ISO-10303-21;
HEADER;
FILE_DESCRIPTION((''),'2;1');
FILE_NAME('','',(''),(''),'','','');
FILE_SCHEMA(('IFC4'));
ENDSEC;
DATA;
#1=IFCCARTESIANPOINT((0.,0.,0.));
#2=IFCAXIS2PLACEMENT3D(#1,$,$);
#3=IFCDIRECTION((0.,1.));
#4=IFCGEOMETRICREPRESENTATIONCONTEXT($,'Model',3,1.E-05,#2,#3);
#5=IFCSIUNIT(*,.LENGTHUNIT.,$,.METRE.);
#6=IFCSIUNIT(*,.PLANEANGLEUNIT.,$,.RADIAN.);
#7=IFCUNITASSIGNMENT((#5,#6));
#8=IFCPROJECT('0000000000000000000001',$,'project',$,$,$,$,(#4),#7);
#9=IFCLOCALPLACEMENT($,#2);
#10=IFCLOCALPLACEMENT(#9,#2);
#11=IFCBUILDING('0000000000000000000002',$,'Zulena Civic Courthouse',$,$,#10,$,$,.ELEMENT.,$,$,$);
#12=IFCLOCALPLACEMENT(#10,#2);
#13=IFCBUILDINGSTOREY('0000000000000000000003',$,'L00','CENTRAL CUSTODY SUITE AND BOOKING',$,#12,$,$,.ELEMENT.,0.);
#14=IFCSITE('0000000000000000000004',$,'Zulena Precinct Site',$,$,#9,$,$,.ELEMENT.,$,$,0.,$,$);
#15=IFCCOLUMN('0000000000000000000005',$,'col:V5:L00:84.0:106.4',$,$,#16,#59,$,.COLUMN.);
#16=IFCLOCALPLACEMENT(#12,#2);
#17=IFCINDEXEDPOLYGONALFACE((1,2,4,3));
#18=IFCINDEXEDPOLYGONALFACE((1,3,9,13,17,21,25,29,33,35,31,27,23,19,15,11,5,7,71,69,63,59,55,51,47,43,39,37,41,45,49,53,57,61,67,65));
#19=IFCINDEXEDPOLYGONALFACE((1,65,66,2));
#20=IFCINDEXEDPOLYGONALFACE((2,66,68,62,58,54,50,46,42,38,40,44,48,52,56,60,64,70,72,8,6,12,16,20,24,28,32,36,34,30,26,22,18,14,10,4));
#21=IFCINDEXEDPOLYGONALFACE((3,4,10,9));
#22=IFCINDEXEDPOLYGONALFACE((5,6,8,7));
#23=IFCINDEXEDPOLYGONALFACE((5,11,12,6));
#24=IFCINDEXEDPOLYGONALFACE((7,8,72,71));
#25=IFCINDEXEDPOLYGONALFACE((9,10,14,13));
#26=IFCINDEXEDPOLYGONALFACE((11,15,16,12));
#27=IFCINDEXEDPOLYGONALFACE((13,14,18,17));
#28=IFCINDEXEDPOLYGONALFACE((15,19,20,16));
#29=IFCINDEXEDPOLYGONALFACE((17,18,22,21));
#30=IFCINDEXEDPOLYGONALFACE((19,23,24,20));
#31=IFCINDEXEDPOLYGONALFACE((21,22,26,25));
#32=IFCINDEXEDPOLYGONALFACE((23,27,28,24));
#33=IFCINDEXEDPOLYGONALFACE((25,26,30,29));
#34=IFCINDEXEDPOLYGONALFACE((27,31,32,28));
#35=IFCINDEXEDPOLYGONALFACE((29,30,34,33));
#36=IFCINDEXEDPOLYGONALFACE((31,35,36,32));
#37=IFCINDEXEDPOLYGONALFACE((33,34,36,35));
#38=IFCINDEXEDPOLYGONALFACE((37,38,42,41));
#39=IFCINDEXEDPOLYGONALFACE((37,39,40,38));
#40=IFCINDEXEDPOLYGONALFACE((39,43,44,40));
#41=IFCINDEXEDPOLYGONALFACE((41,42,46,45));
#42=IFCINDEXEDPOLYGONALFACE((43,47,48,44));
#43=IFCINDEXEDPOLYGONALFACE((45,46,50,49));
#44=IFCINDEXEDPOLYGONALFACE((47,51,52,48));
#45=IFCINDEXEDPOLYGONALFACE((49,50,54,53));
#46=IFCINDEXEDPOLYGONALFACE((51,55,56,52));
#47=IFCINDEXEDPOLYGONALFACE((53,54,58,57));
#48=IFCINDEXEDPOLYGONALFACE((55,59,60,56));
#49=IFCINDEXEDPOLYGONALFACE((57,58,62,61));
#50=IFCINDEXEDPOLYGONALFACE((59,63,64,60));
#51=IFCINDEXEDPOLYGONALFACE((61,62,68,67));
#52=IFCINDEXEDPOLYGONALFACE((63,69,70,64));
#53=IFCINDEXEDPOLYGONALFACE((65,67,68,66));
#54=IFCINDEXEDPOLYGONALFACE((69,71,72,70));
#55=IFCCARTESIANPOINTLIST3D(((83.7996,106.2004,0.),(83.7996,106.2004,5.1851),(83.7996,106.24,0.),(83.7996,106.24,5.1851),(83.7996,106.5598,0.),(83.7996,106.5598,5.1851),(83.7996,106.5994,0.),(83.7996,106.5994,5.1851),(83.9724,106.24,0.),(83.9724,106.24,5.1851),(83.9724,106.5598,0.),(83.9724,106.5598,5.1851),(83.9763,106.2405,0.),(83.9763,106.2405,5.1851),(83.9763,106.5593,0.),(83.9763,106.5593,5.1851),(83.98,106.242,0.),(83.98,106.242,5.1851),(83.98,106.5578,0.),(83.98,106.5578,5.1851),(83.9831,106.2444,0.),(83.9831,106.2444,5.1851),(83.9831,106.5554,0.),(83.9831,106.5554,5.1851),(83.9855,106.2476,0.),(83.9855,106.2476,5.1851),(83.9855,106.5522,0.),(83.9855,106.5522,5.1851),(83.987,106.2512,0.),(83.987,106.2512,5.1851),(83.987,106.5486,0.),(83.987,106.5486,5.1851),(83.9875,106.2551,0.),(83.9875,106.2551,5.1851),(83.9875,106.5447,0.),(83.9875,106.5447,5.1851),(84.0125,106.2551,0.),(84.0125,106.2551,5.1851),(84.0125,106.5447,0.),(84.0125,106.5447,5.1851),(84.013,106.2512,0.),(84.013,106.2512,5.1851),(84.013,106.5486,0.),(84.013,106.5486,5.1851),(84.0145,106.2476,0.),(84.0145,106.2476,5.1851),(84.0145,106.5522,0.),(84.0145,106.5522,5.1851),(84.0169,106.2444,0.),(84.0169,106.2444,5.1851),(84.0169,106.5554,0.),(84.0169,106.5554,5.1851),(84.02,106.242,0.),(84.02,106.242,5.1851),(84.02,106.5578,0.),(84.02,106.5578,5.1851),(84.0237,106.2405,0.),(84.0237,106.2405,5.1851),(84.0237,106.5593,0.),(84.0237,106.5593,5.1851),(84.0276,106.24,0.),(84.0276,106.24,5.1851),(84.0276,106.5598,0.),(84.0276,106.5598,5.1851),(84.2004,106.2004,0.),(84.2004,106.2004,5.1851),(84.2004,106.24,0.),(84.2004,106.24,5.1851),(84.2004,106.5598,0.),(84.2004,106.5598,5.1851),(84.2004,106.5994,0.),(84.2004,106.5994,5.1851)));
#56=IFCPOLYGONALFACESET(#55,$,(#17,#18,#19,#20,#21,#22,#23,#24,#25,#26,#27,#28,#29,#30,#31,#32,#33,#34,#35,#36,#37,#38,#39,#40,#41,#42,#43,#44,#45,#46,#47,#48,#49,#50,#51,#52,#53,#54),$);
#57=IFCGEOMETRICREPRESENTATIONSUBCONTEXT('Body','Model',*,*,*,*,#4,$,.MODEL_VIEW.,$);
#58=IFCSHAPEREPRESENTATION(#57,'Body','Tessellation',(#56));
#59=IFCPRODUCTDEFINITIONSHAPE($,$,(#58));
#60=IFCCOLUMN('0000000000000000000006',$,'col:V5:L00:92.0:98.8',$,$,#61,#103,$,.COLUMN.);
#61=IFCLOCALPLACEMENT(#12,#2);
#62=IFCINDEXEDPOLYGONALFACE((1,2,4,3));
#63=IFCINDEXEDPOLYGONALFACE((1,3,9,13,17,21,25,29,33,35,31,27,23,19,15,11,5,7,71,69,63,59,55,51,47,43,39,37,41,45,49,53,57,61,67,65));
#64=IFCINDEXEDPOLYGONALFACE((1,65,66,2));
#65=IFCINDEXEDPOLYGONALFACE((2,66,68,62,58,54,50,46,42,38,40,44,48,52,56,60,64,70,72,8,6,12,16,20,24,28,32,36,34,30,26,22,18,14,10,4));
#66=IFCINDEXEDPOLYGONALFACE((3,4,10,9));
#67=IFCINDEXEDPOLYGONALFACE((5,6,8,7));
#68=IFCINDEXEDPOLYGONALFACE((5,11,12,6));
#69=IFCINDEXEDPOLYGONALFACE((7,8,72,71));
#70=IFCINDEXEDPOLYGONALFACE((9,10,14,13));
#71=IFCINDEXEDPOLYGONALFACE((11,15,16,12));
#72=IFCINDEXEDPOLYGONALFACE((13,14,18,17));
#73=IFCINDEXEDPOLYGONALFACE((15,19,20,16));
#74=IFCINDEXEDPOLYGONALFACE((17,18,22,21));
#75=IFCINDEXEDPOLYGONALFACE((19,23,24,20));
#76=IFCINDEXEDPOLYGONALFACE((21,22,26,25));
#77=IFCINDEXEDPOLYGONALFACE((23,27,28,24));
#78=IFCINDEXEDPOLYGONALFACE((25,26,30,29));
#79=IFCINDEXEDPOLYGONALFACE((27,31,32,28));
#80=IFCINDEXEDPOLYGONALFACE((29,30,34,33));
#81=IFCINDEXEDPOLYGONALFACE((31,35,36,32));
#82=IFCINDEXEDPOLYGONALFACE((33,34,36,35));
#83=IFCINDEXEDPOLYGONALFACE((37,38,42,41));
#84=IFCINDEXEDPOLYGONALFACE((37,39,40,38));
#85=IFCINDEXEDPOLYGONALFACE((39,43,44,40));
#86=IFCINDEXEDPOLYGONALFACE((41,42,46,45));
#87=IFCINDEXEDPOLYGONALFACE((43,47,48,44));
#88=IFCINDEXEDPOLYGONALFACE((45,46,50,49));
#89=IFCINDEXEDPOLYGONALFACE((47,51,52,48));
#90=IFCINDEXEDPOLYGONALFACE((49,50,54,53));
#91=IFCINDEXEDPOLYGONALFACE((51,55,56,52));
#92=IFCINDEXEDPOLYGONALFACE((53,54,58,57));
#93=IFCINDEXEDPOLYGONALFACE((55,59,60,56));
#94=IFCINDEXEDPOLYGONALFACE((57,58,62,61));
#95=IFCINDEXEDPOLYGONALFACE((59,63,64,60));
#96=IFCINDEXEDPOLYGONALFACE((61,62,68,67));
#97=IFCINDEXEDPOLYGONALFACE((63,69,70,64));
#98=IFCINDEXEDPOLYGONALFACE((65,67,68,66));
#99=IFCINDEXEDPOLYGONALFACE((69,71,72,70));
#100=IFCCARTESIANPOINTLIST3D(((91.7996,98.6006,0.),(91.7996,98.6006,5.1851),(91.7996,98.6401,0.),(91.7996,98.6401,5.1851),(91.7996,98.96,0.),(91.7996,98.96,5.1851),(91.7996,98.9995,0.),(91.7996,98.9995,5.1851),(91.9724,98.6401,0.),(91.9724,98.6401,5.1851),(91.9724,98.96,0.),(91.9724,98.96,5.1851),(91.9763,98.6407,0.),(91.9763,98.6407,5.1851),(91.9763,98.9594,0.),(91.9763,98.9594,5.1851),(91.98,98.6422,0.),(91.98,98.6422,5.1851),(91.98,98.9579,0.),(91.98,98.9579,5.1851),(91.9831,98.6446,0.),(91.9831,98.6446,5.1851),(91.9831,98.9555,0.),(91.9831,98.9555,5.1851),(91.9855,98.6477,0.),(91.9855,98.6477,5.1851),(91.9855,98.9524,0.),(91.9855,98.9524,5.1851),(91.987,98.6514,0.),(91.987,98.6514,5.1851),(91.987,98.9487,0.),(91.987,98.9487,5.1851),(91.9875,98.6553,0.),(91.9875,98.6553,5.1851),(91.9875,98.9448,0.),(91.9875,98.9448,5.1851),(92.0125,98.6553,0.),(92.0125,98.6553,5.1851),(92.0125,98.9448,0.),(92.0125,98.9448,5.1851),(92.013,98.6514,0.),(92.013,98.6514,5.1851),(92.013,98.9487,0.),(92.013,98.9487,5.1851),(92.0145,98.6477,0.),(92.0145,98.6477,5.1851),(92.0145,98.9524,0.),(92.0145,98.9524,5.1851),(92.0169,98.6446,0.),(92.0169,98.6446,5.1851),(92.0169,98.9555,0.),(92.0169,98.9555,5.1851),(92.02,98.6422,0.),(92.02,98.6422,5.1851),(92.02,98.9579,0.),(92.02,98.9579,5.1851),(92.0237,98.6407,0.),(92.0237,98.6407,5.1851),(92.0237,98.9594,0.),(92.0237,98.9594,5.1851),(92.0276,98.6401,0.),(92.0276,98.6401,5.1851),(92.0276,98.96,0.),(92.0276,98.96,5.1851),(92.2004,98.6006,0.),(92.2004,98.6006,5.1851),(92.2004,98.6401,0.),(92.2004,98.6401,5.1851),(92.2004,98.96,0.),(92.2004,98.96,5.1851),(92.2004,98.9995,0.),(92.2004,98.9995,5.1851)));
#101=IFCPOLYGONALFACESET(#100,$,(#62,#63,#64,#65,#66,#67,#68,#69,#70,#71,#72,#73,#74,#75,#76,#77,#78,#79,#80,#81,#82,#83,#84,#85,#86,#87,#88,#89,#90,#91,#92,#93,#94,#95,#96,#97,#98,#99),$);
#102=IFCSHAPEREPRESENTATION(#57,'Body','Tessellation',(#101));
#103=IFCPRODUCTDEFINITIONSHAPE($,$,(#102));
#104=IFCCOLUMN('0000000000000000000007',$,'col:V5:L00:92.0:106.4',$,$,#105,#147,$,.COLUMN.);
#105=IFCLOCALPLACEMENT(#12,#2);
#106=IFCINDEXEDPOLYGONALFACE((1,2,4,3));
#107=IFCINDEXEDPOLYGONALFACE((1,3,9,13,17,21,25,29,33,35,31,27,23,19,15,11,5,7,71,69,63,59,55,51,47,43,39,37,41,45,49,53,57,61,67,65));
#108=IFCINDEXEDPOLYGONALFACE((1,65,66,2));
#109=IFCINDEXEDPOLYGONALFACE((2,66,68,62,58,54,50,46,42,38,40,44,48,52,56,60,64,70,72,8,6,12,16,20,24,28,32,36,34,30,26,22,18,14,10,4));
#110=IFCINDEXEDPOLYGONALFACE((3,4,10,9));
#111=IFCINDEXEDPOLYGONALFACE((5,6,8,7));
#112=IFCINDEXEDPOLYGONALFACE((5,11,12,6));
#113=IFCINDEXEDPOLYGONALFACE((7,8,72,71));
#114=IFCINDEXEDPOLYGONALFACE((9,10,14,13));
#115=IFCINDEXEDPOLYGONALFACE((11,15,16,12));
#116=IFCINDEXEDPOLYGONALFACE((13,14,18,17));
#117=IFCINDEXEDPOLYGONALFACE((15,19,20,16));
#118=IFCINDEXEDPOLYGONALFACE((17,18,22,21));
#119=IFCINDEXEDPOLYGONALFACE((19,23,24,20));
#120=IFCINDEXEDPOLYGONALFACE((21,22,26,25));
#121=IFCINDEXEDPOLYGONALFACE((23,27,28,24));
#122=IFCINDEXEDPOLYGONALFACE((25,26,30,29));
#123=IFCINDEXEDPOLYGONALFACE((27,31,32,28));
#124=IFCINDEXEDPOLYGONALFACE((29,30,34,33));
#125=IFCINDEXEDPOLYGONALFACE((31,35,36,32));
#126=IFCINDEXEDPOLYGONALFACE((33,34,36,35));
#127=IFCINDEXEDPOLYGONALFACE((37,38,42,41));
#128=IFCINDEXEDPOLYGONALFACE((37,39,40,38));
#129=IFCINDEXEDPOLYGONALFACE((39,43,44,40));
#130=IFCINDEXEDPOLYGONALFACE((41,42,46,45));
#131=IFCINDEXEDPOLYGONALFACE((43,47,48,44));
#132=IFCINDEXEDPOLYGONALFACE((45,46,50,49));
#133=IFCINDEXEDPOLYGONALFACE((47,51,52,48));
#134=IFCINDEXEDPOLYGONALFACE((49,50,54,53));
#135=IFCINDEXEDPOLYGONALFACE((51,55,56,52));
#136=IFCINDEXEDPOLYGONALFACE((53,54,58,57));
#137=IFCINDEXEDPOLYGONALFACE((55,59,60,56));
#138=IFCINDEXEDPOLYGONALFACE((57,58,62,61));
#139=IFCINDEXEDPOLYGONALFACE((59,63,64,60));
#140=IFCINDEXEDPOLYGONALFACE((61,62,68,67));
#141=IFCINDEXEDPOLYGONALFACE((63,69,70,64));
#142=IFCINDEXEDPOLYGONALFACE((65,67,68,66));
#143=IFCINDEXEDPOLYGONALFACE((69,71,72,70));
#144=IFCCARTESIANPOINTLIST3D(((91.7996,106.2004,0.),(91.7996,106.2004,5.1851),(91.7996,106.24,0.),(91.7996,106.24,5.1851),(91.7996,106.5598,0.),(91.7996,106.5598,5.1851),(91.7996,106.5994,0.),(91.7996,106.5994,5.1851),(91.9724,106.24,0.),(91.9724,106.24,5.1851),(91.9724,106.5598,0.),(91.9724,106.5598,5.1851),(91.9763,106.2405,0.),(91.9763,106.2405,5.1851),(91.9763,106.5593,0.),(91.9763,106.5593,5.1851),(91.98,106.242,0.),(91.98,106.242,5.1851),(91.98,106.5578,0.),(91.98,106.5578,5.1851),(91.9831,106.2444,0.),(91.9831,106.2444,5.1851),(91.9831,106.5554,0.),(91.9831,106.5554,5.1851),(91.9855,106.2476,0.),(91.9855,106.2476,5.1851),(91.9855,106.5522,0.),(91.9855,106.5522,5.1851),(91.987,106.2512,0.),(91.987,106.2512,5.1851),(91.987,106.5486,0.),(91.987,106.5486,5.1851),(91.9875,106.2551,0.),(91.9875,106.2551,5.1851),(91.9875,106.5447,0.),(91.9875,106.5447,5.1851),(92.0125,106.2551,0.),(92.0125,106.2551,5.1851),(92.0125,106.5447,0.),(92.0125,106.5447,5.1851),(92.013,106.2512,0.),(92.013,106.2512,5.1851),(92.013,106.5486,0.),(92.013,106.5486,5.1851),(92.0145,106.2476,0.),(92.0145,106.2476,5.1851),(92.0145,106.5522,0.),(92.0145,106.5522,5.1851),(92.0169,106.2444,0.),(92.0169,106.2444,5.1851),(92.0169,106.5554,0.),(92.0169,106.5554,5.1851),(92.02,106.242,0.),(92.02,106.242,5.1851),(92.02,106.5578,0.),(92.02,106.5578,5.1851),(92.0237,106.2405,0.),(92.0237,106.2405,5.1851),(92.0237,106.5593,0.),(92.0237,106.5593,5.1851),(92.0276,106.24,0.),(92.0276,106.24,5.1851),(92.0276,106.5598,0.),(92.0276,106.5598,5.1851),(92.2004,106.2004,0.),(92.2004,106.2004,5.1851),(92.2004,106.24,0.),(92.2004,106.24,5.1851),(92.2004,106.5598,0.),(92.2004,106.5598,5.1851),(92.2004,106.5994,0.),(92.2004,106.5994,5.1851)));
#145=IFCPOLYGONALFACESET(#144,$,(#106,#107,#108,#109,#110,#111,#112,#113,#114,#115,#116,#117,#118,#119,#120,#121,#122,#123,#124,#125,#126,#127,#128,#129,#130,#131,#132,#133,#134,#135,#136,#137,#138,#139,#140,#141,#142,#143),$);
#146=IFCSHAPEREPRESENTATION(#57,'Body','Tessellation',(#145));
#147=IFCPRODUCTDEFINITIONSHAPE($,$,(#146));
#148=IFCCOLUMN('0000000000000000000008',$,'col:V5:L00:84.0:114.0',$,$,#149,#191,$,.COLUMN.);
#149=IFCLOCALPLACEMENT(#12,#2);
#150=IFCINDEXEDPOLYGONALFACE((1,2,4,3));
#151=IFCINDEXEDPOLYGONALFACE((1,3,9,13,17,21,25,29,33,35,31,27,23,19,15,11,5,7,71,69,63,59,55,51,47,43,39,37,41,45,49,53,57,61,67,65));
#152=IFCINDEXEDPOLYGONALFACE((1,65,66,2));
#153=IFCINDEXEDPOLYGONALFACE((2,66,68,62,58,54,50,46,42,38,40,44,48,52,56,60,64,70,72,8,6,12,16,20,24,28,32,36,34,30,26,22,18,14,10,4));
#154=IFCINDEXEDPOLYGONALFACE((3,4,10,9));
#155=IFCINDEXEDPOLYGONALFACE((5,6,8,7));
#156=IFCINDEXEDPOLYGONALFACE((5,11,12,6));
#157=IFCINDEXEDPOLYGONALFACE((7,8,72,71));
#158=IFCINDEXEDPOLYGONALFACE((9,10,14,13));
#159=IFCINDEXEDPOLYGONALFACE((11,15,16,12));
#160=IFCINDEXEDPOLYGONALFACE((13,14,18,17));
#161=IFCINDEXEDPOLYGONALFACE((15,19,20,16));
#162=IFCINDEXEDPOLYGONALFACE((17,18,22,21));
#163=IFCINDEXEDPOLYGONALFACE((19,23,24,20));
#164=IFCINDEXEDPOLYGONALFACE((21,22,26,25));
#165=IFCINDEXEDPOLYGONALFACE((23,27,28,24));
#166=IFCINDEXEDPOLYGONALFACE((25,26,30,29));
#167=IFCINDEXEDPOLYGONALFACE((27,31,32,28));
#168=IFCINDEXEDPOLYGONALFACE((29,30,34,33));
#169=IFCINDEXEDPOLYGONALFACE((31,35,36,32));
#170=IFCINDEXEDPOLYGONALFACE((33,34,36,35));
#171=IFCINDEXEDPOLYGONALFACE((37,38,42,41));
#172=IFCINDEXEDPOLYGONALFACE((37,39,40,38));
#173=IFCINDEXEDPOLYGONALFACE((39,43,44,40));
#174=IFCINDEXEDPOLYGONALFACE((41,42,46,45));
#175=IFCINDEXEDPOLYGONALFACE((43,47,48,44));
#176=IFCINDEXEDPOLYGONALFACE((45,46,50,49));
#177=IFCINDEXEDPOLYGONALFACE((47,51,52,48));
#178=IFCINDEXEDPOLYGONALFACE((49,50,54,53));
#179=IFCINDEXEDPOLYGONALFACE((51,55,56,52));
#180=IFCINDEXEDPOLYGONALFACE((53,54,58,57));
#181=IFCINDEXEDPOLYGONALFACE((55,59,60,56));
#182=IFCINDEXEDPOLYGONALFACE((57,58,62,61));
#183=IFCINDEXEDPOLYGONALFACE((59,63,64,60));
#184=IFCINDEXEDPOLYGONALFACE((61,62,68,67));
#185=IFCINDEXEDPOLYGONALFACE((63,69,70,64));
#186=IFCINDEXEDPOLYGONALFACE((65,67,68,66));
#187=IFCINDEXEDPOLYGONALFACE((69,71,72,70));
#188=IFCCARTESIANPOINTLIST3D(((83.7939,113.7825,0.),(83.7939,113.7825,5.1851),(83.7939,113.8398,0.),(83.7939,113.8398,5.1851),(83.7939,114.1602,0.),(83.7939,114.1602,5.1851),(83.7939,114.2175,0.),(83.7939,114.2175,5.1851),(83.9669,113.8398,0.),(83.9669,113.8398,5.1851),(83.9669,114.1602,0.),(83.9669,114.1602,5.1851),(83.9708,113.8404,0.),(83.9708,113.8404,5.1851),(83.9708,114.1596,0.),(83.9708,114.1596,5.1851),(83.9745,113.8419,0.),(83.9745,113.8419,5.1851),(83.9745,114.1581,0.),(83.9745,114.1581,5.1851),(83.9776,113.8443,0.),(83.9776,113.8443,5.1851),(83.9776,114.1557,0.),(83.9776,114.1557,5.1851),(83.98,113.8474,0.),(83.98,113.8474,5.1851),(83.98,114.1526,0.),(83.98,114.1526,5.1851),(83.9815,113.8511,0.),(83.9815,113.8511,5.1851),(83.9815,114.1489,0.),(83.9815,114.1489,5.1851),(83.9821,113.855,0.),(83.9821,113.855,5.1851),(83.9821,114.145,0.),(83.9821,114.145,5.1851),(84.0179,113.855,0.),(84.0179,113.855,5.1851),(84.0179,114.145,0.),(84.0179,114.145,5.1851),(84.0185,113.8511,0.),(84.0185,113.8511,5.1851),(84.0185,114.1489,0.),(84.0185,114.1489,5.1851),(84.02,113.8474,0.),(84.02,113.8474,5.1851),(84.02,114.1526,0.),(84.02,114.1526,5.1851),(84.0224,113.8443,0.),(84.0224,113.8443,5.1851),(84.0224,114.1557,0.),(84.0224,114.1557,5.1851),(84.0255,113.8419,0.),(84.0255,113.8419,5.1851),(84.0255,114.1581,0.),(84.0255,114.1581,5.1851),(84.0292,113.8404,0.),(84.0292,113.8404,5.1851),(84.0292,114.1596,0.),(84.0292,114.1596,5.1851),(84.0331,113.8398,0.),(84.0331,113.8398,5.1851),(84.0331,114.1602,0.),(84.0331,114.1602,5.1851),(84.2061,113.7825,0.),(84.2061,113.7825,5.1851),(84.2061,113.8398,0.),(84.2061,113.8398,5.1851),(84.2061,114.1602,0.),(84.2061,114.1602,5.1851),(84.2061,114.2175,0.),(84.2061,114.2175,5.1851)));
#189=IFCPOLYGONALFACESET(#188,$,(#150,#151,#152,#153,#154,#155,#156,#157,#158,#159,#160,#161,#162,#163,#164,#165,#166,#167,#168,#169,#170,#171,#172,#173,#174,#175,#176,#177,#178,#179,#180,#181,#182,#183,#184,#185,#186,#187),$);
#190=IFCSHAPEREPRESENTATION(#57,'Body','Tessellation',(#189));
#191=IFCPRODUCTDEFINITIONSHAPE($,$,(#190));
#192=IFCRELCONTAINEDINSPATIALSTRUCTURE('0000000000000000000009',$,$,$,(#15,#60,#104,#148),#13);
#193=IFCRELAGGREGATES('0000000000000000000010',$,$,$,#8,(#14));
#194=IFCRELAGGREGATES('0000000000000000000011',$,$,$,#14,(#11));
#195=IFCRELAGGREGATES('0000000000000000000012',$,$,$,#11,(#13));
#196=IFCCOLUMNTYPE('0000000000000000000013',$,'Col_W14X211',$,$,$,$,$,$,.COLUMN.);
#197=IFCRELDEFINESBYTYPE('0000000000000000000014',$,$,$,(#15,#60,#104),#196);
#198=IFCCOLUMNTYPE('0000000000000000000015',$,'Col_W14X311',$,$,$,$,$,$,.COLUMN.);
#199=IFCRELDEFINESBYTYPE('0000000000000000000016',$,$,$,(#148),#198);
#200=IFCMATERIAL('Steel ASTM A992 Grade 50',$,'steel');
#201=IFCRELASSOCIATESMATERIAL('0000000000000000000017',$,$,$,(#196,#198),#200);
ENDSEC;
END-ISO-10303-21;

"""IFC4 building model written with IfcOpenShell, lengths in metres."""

from ifc_helpers import new_model, si_unit, direction, frame, origin, origin_2d, place, context, subcontext, project, spatial, i_section, extrude, material, material_profile, profile_set, type_object, element, save


model = new_model("IFC4")

# Units and contexts
model_context = context("Model", 3, precision=1e-05, world=origin(), true_north=direction((0.0, 1.0)))
body_context = subcontext(model_context, "Body", "Model", "MODEL_VIEW")
ifc_project = project(units=[si_unit("LENGTHUNIT", "METRE"), si_unit("PLANEANGLEUNIT", "RADIAN")], contexts=[model_context])

# Site, building, storey
site_placement = place(None, origin())
site = spatial("IfcSite", under=ifc_project, at=site_placement, Name="Zulena Precinct Site", CompositionType="ELEMENT", RefElevation=0.0)
building_placement = place(site_placement, origin())
building = spatial("IfcBuilding", under=site, at=building_placement, Name="Zulena Civic Courthouse", CompositionType="ELEMENT")
storey_placement = place(building_placement, origin())
storey = spatial("IfcBuildingStorey", under=building, at=storey_placement, Name="L00", Description="CENTRAL CUSTODY SUITE AND BOOKING", CompositionType="ELEMENT", Elevation=0.0)

# Columns
ifc_material_1 = material(Name="Steel ASTM A992 Grade 50", Category="steel")
ifc_material_profile_1 = material_profile(ifc_material_1, i_section(OverallWidth=0.4009, OverallDepth=0.3989, WebThickness=0.0249, FlangeThickness=0.0396, FilletRadius=0.0151, at=origin_2d()), Name="W14X211")
ifc_profile_set_1 = profile_set([ifc_material_profile_1], Name="Steel ASTM A992 Grade 50")
column_type_1 = type_object("IfcColumnType", Name="Col_W14X211", PredefinedType="COLUMN", material=ifc_profile_set_1)
for number, where, z_axis, x_axis, name in (
    (1, (84.0, 106.3999, 0.0), (0.0, 0.0, 1.0), (1.0, 0.0, 0.0), "col:V5:L00:84.0:106.4"),
    (2, (92.0, 98.8, 0.0), (0.0, 0.0, 1.0), (1.0, 0.0, 0.0), "col:V5:L00:92.0:98.8"),
    (3, (92.0, 106.3999, 0.0), (0.0, 0.0, 1.0), (1.0, 0.0, 0.0), "col:V5:L00:92.0:106.4"),
):
    element("IfcColumn", number, at=place(storey_placement, frame(where, z_axis=z_axis, x_axis=x_axis)), inside=storey, type_object=column_type_1, Name=name, PredefinedType="COLUMN", context=body_context, shape_type="SweptSolid", body=[
        extrude(i_section(OverallWidth=0.4009, OverallDepth=0.3989, WebThickness=0.0249, FlangeThickness=0.0396, FilletRadius=0.0151, at=origin_2d()), origin(), (0.0, 0.0, 1.0), 5.1851),
    ])
ifc_material_profile_2 = material_profile(ifc_material_1, i_section(OverallWidth=0.4121, OverallDepth=0.4351, WebThickness=0.0359, FlangeThickness=0.0574, FilletRadius=0.0151, at=origin_2d()), Name="W14X311")
ifc_profile_set_2 = profile_set([ifc_material_profile_2], Name="Steel ASTM A992 Grade 50")
column_type_2 = type_object("IfcColumnType", Name="Col_W14X311", PredefinedType="COLUMN", material=ifc_profile_set_2)
for number, where, z_axis, x_axis, name in (
    (4, (84.0, 114.0, 0.0), (0.0, 0.0, 1.0), (1.0, 0.0, 0.0), "col:V5:L00:84.0:114.0"),
):
    element("IfcColumn", number, at=place(storey_placement, frame(where, z_axis=z_axis, x_axis=x_axis)), inside=storey, type_object=column_type_2, Name=name, PredefinedType="COLUMN", context=body_context, shape_type="SweptSolid", body=[
        extrude(i_section(OverallWidth=0.4121, OverallDepth=0.4351, WebThickness=0.0359, FlangeThickness=0.0574, FilletRadius=0.0151, at=origin_2d()), origin(), (0.0, 0.0, 1.0), 5.1851),
    ])

save(model, "model.ifc")
